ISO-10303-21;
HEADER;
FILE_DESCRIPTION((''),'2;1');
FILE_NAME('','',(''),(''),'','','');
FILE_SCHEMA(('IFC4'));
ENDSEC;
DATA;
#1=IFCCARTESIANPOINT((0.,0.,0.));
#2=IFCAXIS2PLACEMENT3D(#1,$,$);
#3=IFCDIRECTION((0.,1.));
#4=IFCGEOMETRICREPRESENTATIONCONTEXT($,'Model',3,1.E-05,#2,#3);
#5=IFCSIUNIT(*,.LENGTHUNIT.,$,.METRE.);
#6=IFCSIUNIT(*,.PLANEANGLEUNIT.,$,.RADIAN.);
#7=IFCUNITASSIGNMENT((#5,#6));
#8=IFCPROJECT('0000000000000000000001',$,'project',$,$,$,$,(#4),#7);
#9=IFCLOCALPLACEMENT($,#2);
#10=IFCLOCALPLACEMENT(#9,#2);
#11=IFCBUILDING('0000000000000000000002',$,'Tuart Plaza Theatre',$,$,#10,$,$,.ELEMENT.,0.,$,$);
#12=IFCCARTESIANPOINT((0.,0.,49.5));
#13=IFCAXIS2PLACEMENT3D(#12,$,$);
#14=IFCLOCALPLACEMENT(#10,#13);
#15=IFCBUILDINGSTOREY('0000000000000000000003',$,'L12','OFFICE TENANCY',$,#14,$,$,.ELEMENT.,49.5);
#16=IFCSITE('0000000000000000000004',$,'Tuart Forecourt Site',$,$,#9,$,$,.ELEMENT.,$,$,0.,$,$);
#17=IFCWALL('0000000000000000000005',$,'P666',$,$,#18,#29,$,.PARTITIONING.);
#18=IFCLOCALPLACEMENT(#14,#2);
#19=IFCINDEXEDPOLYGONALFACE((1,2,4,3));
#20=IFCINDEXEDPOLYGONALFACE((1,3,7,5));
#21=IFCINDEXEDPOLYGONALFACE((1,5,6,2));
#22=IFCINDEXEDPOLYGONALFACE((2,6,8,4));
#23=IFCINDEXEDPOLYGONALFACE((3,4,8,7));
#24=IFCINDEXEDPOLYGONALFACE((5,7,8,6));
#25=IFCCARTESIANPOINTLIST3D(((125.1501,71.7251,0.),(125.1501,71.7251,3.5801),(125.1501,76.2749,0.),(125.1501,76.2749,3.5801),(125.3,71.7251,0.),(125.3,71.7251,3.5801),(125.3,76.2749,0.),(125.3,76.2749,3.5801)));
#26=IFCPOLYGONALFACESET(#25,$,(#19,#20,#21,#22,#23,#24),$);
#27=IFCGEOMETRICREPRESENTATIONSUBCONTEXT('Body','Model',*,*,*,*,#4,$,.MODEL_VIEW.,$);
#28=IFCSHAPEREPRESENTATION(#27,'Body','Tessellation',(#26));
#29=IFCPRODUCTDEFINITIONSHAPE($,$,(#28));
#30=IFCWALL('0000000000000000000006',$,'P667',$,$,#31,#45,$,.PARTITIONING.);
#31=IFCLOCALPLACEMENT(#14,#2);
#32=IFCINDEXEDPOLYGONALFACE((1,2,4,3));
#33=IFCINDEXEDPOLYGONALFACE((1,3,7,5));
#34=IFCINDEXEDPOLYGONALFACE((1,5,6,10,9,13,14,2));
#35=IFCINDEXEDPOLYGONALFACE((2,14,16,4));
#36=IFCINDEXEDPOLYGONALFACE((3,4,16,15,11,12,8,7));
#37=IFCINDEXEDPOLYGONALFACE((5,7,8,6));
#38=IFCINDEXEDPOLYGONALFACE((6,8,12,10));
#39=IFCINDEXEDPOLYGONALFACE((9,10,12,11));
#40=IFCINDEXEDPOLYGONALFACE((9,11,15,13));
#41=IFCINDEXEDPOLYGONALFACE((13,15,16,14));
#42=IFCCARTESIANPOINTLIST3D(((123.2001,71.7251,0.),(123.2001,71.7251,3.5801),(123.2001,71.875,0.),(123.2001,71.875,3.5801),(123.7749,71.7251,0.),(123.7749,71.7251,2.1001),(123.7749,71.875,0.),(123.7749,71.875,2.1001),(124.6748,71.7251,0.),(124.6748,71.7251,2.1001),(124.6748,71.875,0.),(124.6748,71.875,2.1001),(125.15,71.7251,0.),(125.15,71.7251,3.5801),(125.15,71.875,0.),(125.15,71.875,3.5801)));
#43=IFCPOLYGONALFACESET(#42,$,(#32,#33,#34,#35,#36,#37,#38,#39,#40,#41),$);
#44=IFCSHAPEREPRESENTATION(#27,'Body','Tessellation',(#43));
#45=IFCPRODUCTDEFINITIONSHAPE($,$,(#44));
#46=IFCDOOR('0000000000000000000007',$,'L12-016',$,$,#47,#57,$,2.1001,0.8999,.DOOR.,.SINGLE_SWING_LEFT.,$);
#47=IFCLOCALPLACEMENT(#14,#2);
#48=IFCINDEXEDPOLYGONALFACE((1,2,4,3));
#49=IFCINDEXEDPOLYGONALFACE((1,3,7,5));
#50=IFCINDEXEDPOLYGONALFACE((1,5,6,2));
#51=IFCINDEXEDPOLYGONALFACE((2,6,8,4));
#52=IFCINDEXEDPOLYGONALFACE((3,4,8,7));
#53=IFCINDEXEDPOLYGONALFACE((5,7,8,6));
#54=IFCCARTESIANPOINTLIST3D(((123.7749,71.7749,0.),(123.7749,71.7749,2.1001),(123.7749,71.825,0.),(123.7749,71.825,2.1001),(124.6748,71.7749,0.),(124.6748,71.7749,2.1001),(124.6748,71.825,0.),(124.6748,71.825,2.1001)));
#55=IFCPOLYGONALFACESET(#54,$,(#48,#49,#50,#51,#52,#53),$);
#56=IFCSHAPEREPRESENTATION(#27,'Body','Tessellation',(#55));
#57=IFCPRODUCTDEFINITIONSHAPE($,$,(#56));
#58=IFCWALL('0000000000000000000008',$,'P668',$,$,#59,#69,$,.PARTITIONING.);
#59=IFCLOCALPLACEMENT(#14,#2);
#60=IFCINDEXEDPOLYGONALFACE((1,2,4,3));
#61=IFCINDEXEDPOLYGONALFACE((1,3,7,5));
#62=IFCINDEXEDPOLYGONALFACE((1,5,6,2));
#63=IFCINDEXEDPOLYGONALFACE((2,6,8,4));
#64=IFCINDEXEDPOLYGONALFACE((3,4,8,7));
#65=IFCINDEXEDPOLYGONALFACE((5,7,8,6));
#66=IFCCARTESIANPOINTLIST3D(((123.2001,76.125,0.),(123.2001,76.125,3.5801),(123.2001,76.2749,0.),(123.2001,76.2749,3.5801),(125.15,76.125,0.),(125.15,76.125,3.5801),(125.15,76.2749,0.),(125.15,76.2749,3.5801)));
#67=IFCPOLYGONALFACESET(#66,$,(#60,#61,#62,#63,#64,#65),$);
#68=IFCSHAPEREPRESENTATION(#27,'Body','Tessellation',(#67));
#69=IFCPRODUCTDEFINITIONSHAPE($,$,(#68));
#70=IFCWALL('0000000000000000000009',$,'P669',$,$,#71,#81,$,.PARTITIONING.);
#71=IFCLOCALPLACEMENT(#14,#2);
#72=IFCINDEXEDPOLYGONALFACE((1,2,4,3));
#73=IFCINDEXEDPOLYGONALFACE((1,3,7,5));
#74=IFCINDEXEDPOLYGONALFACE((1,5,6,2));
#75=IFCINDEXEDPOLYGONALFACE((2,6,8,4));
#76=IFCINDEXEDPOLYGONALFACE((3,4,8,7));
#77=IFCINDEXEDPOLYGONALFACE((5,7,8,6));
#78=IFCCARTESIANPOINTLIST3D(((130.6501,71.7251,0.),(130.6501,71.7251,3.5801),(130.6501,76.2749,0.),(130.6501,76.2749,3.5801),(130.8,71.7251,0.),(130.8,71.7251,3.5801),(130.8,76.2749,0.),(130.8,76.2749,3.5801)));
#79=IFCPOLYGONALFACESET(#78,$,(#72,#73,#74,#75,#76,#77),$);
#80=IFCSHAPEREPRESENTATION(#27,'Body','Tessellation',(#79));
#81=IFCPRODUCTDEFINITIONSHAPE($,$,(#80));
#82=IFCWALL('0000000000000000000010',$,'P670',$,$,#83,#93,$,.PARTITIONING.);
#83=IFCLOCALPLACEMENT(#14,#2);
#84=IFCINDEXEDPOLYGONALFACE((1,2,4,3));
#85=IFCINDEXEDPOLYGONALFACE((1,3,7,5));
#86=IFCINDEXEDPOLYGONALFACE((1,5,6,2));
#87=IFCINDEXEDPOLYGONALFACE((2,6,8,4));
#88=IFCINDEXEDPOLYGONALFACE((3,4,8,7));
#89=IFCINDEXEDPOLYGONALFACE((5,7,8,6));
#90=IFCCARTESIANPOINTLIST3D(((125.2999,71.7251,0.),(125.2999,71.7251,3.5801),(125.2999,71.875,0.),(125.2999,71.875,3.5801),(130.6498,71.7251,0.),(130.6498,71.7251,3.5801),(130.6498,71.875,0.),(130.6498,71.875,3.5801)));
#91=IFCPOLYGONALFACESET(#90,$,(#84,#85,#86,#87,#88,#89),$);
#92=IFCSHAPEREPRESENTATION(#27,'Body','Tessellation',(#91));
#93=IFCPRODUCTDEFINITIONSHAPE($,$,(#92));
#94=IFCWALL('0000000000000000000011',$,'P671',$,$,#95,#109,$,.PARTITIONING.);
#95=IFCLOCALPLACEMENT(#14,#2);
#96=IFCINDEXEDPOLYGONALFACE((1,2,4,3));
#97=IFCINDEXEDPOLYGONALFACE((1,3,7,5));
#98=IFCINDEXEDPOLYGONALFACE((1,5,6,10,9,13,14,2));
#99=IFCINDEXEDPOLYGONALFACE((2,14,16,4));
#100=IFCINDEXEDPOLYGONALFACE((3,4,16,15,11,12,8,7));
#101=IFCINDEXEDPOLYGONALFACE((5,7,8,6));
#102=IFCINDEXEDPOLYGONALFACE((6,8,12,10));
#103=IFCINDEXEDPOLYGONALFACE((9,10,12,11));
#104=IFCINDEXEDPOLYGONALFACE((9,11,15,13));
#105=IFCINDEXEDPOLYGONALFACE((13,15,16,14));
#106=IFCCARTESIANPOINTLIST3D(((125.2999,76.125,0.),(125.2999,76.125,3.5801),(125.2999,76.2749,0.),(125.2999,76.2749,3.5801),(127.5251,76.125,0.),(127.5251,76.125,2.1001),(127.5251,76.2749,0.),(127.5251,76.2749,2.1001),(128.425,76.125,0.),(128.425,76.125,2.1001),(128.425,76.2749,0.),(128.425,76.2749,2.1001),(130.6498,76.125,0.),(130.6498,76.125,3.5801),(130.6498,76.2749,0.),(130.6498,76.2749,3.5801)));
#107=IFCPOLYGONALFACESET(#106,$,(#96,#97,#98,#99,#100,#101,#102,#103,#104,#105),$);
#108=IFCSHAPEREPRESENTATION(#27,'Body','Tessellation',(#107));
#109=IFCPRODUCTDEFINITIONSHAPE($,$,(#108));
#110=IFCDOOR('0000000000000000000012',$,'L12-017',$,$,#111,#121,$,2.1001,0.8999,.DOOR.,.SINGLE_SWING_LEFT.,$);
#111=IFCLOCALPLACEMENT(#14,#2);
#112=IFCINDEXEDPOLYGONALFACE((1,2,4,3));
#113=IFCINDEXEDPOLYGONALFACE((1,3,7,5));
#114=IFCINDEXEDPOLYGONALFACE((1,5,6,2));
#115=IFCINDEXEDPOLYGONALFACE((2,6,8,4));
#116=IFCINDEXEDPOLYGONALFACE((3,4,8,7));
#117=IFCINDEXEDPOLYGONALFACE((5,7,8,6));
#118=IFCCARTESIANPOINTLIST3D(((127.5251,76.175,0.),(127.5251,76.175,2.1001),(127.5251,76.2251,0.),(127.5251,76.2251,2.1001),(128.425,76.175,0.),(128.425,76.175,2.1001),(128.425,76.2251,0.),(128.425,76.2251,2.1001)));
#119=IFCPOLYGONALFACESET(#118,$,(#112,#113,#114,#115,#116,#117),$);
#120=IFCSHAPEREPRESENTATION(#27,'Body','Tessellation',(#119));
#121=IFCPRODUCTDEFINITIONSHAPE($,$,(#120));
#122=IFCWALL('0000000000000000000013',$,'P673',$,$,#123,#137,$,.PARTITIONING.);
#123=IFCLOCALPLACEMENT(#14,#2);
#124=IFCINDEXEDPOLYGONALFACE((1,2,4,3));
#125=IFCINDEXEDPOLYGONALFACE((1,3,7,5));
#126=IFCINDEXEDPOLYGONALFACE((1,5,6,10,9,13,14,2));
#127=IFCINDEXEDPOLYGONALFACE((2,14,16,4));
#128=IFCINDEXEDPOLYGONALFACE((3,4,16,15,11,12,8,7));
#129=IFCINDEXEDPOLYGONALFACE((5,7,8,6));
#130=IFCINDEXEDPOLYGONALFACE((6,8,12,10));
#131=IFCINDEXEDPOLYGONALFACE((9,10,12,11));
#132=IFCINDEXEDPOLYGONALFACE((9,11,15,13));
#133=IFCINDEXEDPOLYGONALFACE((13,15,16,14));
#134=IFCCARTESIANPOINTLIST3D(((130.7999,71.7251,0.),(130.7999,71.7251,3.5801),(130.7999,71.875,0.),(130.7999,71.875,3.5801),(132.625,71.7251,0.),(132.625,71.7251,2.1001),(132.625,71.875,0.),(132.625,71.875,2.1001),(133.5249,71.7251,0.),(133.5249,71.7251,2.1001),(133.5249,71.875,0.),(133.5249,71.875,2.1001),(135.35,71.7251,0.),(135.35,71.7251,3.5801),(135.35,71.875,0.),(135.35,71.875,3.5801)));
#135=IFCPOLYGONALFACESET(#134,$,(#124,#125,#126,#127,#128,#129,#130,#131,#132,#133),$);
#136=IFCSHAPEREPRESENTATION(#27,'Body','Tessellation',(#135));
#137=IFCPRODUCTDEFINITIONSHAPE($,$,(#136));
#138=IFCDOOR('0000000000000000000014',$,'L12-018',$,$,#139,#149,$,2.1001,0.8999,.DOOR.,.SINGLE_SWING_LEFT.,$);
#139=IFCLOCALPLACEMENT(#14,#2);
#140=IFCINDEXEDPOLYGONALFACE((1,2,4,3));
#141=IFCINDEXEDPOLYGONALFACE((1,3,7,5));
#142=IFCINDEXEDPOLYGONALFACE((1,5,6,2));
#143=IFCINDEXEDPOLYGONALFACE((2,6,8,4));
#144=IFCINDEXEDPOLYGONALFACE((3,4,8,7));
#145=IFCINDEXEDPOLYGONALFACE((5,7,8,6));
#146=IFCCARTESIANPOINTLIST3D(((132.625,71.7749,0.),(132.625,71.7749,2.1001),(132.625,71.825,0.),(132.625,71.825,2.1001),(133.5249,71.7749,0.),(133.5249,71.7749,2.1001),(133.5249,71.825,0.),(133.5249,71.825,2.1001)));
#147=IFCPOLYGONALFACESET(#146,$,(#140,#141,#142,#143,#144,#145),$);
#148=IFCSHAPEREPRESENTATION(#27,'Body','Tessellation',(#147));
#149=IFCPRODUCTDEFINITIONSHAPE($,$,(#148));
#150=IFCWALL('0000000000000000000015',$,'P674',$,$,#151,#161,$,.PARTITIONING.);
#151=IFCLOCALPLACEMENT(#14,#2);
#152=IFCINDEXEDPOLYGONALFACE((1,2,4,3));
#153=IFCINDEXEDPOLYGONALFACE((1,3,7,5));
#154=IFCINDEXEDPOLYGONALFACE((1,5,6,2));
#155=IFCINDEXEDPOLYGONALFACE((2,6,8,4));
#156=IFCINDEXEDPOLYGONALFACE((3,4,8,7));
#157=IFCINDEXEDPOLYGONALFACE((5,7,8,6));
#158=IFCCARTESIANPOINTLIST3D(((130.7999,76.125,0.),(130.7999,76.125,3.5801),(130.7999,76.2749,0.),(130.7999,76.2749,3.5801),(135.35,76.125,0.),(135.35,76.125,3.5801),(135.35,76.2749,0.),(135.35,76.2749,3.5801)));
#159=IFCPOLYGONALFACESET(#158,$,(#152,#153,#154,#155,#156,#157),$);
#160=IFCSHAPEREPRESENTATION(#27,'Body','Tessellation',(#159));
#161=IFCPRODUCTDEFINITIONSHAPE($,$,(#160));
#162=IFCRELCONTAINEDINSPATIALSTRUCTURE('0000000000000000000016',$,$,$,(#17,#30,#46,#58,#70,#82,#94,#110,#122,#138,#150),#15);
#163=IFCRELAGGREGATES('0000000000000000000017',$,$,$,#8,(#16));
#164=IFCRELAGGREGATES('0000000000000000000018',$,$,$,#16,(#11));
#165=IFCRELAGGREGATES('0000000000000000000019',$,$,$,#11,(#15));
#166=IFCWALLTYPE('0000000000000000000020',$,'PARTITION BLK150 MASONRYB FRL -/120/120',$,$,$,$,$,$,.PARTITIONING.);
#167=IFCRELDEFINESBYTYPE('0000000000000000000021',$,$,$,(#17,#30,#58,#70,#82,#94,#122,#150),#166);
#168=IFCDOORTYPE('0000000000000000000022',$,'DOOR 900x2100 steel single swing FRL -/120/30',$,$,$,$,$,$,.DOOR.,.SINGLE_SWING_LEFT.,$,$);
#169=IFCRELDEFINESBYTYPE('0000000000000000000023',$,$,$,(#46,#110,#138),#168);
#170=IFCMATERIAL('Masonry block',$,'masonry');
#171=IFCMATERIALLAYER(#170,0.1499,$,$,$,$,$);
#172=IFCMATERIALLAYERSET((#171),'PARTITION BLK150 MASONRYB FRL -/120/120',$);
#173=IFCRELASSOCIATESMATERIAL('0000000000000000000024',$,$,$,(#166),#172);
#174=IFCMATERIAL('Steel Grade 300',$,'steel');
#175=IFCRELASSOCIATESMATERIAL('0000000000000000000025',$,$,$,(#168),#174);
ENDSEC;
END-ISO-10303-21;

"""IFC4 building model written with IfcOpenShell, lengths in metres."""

from ifc_helpers import new_model, si_unit, direction, frame, frame_2d, origin, place, context, subcontext, project, spatial, rectangle, extrude, material, layer, layer_set, type_object, element, fill, save


model = new_model("IFC4")

# Units and contexts
model_context = context("Model", 3, precision=1e-05, world=origin(), true_north=direction((0.0, 1.0)))
body_context = subcontext(model_context, "Body", "Model", "MODEL_VIEW")
ifc_project = project(units=[si_unit("LENGTHUNIT", "METRE"), si_unit("PLANEANGLEUNIT", "RADIAN")], contexts=[model_context])

# Site, building, storey
site_placement = place(None, origin())
site = spatial("IfcSite", under=ifc_project, at=site_placement, Name="Tuart Forecourt Site", CompositionType="ELEMENT", RefElevation=0.0)
building_placement = place(site_placement, origin())
building = spatial("IfcBuilding", under=site, at=building_placement, Name="Tuart Plaza Theatre", CompositionType="ELEMENT", ElevationOfRefHeight=0.0)
storey_placement = place(building_placement, frame((0.0, 0.0, 49.5)))
storey = spatial("IfcBuildingStorey", under=building, at=storey_placement, Name="L12", Description="OFFICE TENANCY", CompositionType="ELEMENT", Elevation=49.5)

# Wall
ifc_material_1 = material(Name="Masonry block", Category="masonry")
ifc_layer_1 = layer(ifc_material_1, 0.1499)
ifc_layer_set_1 = layer_set([ifc_layer_1], Name="PARTITION BLK150 MASONRYB FRL -/120/120")
wall_type_1 = type_object("IfcWallType", Name="PARTITION BLK150 MASONRYB FRL -/120/120", PredefinedType="PARTITIONING", material=ifc_layer_set_1)
wall_1_placement = place(storey_placement, frame((125.2251, 71.7251, 0.0), z_axis=(0.0, 0.0, 1.0), x_axis=(0.0, 1.0, 0.0)))
element("IfcWall", 1, at=wall_1_placement, inside=storey, type_object=wall_type_1, Name="P666", PredefinedType="PARTITIONING", context=body_context, shape_type="SweptSolid", body=[
    extrude(rectangle(XDim=4.5498, YDim=0.1499, at=frame_2d((2.2749, 0.0))), origin(), (0.0, 0.0, 1.0), 3.5801),
])

# Wall, opening, door
wall_2_placement = place(storey_placement, frame((123.2, 71.8, 0.0), z_axis=(0.0, 0.0, 1.0), x_axis=(1.0, 0.0, 0.0)))
wall_2 = element("IfcWall", 2, at=wall_2_placement, inside=storey, type_object=wall_type_1, Name="P667", PredefinedType="PARTITIONING", context=body_context, shape_type="SweptSolid", body=[
    extrude(rectangle(XDim=1.95, YDim=0.1499, at=frame_2d((0.9751, 0.0))), origin(), (0.0, 0.0, 1.0), 3.5801),
])
opening_1_placement = place(wall_2_placement, frame((0.575, 0.0, 0.0)))
opening_1 = element("IfcOpeningElement", 3, at=opening_1_placement, cuts=wall_2, PredefinedType="OPENING", context=body_context, shape_type="SweptSolid", body=[
    extrude(rectangle(XDim=0.8999, YDim=2.1001, at=frame_2d((0.45, 1.05))), frame((0.0, 0.085, 0.0), z_axis=(0.0, -1.0, 0.0), x_axis=(1.0, 0.0, 0.0)), (0.0, 0.0, 1.0), 0.1699),
])
ifc_material_2 = material(Name="Steel Grade 300", Category="steel")
door_type_1 = type_object("IfcDoorType", Name="DOOR 900x2100 steel single swing FRL -/120/30", OperationType="SINGLE_SWING_LEFT", PredefinedType="DOOR", material=ifc_material_2)
door_1_placement = place(opening_1_placement, origin())
door_1 = element("IfcDoor", 4, at=door_1_placement, inside=storey, type_object=door_type_1, Name="L12-016", OperationType="SINGLE_SWING_LEFT", OverallHeight=2.1001, OverallWidth=0.8999, PredefinedType="DOOR", context=body_context, shape_type="SweptSolid", body=[
    extrude(rectangle(XDim=0.8999, YDim=2.1001, at=frame_2d((0.45, 1.05))), frame((0.0, 0.0249, 0.0), z_axis=(0.0, -1.0, 0.0), x_axis=(1.0, 0.0, 0.0)), (0.0, 0.0, 1.0), 0.05),
])
fill(opening_1, door_1)

# Walls
wall_3_placement = place(storey_placement, frame((123.2, 76.2, 0.0), z_axis=(0.0, 0.0, 1.0), x_axis=(1.0, 0.0, 0.0)))
element("IfcWall", 5, at=wall_3_placement, inside=storey, type_object=wall_type_1, Name="P668", PredefinedType="PARTITIONING", context=body_context, shape_type="SweptSolid", body=[
    extrude(rectangle(XDim=1.95, YDim=0.1499, at=frame_2d((0.9751, 0.0))), origin(), (0.0, 0.0, 1.0), 3.5801),
])
wall_4_placement = place(storey_placement, frame((130.7251, 71.7251, 0.0), z_axis=(0.0, 0.0, 1.0), x_axis=(0.0, 1.0, 0.0)))
element("IfcWall", 6, at=wall_4_placement, inside=storey, type_object=wall_type_1, Name="P669", PredefinedType="PARTITIONING", context=body_context, shape_type="SweptSolid", body=[
    extrude(rectangle(XDim=4.5498, YDim=0.1499, at=frame_2d((2.2749, 0.0))), origin(), (0.0, 0.0, 1.0), 3.5801),
])
wall_5_placement = place(storey_placement, frame((125.3, 71.8, 0.0), z_axis=(0.0, 0.0, 1.0), x_axis=(1.0, 0.0, 0.0)))
element("IfcWall", 7, at=wall_5_placement, inside=storey, type_object=wall_type_1, Name="P670", PredefinedType="PARTITIONING", context=body_context, shape_type="SweptSolid", body=[
    extrude(rectangle(XDim=5.3499, YDim=0.1499, at=frame_2d((2.6748, 0.0))), origin(), (0.0, 0.0, 1.0), 3.5801),
])

# Walls, openings, doors
wall_6_placement = place(storey_placement, frame((125.3, 76.2, 0.0), z_axis=(0.0, 0.0, 1.0), x_axis=(1.0, 0.0, 0.0)))
wall_6 = element("IfcWall", 8, at=wall_6_placement, inside=storey, type_object=wall_type_1, Name="P671", PredefinedType="PARTITIONING", context=body_context, shape_type="SweptSolid", body=[
    extrude(rectangle(XDim=5.3499, YDim=0.1499, at=frame_2d((2.6748, 0.0))), origin(), (0.0, 0.0, 1.0), 3.5801),
])
opening_2_placement = place(wall_6_placement, frame((2.2251, 0.0, 0.0)))
opening_2 = element("IfcOpeningElement", 9, at=opening_2_placement, cuts=wall_6, PredefinedType="OPENING", context=body_context, shape_type="SweptSolid", body=[
    extrude(rectangle(XDim=0.8999, YDim=2.1001, at=frame_2d((0.45, 1.05))), frame((0.0, 0.085, 0.0), z_axis=(0.0, -1.0, 0.0), x_axis=(1.0, 0.0, 0.0)), (0.0, 0.0, 1.0), 0.1699),
])
door_2_placement = place(opening_2_placement, frame((0.8999, 0.0, 0.0), z_axis=(0.0, 0.0, 1.0), x_axis=(-1.0, 0.0, 0.0)))
door_2 = element("IfcDoor", 10, at=door_2_placement, inside=storey, type_object=door_type_1, Name="L12-017", OperationType="SINGLE_SWING_LEFT", OverallHeight=2.1001, OverallWidth=0.8999, PredefinedType="DOOR", context=body_context, shape_type="SweptSolid", body=[
    extrude(rectangle(XDim=0.8999, YDim=2.1001, at=frame_2d((0.45, 1.05))), frame((0.0, 0.0249, 0.0), z_axis=(0.0, -1.0, 0.0), x_axis=(1.0, 0.0, 0.0)), (0.0, 0.0, 1.0), 0.05),
])
fill(opening_2, door_2)
wall_7_placement = place(storey_placement, frame((130.8, 71.8, 0.0), z_axis=(0.0, 0.0, 1.0), x_axis=(1.0, 0.0, 0.0)))
wall_7 = element("IfcWall", 11, at=wall_7_placement, inside=storey, type_object=wall_type_1, Name="P673", PredefinedType="PARTITIONING", context=body_context, shape_type="SweptSolid", body=[
    extrude(rectangle(XDim=4.55, YDim=0.1499, at=frame_2d((2.2749, 0.0))), origin(), (0.0, 0.0, 1.0), 3.5801),
])
opening_3_placement = place(wall_7_placement, frame((1.825, 0.0, 0.0)))
opening_3 = element("IfcOpeningElement", 12, at=opening_3_placement, cuts=wall_7, PredefinedType="OPENING", context=body_context, shape_type="SweptSolid", body=[
    extrude(rectangle(XDim=0.8999, YDim=2.1001, at=frame_2d((0.45, 1.05))), frame((0.0, 0.085, 0.0), z_axis=(0.0, -1.0, 0.0), x_axis=(1.0, 0.0, 0.0)), (0.0, 0.0, 1.0), 0.1699),
])
door_3_placement = place(opening_3_placement, origin())
door_3 = element("IfcDoor", 13, at=door_3_placement, inside=storey, type_object=door_type_1, Name="L12-018", OperationType="SINGLE_SWING_LEFT", OverallHeight=2.1001, OverallWidth=0.8999, PredefinedType="DOOR", context=body_context, shape_type="SweptSolid", body=[
    extrude(rectangle(XDim=0.8999, YDim=2.1001, at=frame_2d((0.45, 1.05))), frame((0.0, 0.0249, 0.0), z_axis=(0.0, -1.0, 0.0), x_axis=(1.0, 0.0, 0.0)), (0.0, 0.0, 1.0), 0.05),
])
fill(opening_3, door_3)

# Wall
wall_8_placement = place(storey_placement, frame((130.8, 76.2, 0.0), z_axis=(0.0, 0.0, 1.0), x_axis=(1.0, 0.0, 0.0)))
element("IfcWall", 14, at=wall_8_placement, inside=storey, type_object=wall_type_1, Name="P674", PredefinedType="PARTITIONING", context=body_context, shape_type="SweptSolid", body=[
    extrude(rectangle(XDim=4.55, YDim=0.1499, at=frame_2d((2.2749, 0.0))), origin(), (0.0, 0.0, 1.0), 3.5801),
])

save(model, "model.ifc")
